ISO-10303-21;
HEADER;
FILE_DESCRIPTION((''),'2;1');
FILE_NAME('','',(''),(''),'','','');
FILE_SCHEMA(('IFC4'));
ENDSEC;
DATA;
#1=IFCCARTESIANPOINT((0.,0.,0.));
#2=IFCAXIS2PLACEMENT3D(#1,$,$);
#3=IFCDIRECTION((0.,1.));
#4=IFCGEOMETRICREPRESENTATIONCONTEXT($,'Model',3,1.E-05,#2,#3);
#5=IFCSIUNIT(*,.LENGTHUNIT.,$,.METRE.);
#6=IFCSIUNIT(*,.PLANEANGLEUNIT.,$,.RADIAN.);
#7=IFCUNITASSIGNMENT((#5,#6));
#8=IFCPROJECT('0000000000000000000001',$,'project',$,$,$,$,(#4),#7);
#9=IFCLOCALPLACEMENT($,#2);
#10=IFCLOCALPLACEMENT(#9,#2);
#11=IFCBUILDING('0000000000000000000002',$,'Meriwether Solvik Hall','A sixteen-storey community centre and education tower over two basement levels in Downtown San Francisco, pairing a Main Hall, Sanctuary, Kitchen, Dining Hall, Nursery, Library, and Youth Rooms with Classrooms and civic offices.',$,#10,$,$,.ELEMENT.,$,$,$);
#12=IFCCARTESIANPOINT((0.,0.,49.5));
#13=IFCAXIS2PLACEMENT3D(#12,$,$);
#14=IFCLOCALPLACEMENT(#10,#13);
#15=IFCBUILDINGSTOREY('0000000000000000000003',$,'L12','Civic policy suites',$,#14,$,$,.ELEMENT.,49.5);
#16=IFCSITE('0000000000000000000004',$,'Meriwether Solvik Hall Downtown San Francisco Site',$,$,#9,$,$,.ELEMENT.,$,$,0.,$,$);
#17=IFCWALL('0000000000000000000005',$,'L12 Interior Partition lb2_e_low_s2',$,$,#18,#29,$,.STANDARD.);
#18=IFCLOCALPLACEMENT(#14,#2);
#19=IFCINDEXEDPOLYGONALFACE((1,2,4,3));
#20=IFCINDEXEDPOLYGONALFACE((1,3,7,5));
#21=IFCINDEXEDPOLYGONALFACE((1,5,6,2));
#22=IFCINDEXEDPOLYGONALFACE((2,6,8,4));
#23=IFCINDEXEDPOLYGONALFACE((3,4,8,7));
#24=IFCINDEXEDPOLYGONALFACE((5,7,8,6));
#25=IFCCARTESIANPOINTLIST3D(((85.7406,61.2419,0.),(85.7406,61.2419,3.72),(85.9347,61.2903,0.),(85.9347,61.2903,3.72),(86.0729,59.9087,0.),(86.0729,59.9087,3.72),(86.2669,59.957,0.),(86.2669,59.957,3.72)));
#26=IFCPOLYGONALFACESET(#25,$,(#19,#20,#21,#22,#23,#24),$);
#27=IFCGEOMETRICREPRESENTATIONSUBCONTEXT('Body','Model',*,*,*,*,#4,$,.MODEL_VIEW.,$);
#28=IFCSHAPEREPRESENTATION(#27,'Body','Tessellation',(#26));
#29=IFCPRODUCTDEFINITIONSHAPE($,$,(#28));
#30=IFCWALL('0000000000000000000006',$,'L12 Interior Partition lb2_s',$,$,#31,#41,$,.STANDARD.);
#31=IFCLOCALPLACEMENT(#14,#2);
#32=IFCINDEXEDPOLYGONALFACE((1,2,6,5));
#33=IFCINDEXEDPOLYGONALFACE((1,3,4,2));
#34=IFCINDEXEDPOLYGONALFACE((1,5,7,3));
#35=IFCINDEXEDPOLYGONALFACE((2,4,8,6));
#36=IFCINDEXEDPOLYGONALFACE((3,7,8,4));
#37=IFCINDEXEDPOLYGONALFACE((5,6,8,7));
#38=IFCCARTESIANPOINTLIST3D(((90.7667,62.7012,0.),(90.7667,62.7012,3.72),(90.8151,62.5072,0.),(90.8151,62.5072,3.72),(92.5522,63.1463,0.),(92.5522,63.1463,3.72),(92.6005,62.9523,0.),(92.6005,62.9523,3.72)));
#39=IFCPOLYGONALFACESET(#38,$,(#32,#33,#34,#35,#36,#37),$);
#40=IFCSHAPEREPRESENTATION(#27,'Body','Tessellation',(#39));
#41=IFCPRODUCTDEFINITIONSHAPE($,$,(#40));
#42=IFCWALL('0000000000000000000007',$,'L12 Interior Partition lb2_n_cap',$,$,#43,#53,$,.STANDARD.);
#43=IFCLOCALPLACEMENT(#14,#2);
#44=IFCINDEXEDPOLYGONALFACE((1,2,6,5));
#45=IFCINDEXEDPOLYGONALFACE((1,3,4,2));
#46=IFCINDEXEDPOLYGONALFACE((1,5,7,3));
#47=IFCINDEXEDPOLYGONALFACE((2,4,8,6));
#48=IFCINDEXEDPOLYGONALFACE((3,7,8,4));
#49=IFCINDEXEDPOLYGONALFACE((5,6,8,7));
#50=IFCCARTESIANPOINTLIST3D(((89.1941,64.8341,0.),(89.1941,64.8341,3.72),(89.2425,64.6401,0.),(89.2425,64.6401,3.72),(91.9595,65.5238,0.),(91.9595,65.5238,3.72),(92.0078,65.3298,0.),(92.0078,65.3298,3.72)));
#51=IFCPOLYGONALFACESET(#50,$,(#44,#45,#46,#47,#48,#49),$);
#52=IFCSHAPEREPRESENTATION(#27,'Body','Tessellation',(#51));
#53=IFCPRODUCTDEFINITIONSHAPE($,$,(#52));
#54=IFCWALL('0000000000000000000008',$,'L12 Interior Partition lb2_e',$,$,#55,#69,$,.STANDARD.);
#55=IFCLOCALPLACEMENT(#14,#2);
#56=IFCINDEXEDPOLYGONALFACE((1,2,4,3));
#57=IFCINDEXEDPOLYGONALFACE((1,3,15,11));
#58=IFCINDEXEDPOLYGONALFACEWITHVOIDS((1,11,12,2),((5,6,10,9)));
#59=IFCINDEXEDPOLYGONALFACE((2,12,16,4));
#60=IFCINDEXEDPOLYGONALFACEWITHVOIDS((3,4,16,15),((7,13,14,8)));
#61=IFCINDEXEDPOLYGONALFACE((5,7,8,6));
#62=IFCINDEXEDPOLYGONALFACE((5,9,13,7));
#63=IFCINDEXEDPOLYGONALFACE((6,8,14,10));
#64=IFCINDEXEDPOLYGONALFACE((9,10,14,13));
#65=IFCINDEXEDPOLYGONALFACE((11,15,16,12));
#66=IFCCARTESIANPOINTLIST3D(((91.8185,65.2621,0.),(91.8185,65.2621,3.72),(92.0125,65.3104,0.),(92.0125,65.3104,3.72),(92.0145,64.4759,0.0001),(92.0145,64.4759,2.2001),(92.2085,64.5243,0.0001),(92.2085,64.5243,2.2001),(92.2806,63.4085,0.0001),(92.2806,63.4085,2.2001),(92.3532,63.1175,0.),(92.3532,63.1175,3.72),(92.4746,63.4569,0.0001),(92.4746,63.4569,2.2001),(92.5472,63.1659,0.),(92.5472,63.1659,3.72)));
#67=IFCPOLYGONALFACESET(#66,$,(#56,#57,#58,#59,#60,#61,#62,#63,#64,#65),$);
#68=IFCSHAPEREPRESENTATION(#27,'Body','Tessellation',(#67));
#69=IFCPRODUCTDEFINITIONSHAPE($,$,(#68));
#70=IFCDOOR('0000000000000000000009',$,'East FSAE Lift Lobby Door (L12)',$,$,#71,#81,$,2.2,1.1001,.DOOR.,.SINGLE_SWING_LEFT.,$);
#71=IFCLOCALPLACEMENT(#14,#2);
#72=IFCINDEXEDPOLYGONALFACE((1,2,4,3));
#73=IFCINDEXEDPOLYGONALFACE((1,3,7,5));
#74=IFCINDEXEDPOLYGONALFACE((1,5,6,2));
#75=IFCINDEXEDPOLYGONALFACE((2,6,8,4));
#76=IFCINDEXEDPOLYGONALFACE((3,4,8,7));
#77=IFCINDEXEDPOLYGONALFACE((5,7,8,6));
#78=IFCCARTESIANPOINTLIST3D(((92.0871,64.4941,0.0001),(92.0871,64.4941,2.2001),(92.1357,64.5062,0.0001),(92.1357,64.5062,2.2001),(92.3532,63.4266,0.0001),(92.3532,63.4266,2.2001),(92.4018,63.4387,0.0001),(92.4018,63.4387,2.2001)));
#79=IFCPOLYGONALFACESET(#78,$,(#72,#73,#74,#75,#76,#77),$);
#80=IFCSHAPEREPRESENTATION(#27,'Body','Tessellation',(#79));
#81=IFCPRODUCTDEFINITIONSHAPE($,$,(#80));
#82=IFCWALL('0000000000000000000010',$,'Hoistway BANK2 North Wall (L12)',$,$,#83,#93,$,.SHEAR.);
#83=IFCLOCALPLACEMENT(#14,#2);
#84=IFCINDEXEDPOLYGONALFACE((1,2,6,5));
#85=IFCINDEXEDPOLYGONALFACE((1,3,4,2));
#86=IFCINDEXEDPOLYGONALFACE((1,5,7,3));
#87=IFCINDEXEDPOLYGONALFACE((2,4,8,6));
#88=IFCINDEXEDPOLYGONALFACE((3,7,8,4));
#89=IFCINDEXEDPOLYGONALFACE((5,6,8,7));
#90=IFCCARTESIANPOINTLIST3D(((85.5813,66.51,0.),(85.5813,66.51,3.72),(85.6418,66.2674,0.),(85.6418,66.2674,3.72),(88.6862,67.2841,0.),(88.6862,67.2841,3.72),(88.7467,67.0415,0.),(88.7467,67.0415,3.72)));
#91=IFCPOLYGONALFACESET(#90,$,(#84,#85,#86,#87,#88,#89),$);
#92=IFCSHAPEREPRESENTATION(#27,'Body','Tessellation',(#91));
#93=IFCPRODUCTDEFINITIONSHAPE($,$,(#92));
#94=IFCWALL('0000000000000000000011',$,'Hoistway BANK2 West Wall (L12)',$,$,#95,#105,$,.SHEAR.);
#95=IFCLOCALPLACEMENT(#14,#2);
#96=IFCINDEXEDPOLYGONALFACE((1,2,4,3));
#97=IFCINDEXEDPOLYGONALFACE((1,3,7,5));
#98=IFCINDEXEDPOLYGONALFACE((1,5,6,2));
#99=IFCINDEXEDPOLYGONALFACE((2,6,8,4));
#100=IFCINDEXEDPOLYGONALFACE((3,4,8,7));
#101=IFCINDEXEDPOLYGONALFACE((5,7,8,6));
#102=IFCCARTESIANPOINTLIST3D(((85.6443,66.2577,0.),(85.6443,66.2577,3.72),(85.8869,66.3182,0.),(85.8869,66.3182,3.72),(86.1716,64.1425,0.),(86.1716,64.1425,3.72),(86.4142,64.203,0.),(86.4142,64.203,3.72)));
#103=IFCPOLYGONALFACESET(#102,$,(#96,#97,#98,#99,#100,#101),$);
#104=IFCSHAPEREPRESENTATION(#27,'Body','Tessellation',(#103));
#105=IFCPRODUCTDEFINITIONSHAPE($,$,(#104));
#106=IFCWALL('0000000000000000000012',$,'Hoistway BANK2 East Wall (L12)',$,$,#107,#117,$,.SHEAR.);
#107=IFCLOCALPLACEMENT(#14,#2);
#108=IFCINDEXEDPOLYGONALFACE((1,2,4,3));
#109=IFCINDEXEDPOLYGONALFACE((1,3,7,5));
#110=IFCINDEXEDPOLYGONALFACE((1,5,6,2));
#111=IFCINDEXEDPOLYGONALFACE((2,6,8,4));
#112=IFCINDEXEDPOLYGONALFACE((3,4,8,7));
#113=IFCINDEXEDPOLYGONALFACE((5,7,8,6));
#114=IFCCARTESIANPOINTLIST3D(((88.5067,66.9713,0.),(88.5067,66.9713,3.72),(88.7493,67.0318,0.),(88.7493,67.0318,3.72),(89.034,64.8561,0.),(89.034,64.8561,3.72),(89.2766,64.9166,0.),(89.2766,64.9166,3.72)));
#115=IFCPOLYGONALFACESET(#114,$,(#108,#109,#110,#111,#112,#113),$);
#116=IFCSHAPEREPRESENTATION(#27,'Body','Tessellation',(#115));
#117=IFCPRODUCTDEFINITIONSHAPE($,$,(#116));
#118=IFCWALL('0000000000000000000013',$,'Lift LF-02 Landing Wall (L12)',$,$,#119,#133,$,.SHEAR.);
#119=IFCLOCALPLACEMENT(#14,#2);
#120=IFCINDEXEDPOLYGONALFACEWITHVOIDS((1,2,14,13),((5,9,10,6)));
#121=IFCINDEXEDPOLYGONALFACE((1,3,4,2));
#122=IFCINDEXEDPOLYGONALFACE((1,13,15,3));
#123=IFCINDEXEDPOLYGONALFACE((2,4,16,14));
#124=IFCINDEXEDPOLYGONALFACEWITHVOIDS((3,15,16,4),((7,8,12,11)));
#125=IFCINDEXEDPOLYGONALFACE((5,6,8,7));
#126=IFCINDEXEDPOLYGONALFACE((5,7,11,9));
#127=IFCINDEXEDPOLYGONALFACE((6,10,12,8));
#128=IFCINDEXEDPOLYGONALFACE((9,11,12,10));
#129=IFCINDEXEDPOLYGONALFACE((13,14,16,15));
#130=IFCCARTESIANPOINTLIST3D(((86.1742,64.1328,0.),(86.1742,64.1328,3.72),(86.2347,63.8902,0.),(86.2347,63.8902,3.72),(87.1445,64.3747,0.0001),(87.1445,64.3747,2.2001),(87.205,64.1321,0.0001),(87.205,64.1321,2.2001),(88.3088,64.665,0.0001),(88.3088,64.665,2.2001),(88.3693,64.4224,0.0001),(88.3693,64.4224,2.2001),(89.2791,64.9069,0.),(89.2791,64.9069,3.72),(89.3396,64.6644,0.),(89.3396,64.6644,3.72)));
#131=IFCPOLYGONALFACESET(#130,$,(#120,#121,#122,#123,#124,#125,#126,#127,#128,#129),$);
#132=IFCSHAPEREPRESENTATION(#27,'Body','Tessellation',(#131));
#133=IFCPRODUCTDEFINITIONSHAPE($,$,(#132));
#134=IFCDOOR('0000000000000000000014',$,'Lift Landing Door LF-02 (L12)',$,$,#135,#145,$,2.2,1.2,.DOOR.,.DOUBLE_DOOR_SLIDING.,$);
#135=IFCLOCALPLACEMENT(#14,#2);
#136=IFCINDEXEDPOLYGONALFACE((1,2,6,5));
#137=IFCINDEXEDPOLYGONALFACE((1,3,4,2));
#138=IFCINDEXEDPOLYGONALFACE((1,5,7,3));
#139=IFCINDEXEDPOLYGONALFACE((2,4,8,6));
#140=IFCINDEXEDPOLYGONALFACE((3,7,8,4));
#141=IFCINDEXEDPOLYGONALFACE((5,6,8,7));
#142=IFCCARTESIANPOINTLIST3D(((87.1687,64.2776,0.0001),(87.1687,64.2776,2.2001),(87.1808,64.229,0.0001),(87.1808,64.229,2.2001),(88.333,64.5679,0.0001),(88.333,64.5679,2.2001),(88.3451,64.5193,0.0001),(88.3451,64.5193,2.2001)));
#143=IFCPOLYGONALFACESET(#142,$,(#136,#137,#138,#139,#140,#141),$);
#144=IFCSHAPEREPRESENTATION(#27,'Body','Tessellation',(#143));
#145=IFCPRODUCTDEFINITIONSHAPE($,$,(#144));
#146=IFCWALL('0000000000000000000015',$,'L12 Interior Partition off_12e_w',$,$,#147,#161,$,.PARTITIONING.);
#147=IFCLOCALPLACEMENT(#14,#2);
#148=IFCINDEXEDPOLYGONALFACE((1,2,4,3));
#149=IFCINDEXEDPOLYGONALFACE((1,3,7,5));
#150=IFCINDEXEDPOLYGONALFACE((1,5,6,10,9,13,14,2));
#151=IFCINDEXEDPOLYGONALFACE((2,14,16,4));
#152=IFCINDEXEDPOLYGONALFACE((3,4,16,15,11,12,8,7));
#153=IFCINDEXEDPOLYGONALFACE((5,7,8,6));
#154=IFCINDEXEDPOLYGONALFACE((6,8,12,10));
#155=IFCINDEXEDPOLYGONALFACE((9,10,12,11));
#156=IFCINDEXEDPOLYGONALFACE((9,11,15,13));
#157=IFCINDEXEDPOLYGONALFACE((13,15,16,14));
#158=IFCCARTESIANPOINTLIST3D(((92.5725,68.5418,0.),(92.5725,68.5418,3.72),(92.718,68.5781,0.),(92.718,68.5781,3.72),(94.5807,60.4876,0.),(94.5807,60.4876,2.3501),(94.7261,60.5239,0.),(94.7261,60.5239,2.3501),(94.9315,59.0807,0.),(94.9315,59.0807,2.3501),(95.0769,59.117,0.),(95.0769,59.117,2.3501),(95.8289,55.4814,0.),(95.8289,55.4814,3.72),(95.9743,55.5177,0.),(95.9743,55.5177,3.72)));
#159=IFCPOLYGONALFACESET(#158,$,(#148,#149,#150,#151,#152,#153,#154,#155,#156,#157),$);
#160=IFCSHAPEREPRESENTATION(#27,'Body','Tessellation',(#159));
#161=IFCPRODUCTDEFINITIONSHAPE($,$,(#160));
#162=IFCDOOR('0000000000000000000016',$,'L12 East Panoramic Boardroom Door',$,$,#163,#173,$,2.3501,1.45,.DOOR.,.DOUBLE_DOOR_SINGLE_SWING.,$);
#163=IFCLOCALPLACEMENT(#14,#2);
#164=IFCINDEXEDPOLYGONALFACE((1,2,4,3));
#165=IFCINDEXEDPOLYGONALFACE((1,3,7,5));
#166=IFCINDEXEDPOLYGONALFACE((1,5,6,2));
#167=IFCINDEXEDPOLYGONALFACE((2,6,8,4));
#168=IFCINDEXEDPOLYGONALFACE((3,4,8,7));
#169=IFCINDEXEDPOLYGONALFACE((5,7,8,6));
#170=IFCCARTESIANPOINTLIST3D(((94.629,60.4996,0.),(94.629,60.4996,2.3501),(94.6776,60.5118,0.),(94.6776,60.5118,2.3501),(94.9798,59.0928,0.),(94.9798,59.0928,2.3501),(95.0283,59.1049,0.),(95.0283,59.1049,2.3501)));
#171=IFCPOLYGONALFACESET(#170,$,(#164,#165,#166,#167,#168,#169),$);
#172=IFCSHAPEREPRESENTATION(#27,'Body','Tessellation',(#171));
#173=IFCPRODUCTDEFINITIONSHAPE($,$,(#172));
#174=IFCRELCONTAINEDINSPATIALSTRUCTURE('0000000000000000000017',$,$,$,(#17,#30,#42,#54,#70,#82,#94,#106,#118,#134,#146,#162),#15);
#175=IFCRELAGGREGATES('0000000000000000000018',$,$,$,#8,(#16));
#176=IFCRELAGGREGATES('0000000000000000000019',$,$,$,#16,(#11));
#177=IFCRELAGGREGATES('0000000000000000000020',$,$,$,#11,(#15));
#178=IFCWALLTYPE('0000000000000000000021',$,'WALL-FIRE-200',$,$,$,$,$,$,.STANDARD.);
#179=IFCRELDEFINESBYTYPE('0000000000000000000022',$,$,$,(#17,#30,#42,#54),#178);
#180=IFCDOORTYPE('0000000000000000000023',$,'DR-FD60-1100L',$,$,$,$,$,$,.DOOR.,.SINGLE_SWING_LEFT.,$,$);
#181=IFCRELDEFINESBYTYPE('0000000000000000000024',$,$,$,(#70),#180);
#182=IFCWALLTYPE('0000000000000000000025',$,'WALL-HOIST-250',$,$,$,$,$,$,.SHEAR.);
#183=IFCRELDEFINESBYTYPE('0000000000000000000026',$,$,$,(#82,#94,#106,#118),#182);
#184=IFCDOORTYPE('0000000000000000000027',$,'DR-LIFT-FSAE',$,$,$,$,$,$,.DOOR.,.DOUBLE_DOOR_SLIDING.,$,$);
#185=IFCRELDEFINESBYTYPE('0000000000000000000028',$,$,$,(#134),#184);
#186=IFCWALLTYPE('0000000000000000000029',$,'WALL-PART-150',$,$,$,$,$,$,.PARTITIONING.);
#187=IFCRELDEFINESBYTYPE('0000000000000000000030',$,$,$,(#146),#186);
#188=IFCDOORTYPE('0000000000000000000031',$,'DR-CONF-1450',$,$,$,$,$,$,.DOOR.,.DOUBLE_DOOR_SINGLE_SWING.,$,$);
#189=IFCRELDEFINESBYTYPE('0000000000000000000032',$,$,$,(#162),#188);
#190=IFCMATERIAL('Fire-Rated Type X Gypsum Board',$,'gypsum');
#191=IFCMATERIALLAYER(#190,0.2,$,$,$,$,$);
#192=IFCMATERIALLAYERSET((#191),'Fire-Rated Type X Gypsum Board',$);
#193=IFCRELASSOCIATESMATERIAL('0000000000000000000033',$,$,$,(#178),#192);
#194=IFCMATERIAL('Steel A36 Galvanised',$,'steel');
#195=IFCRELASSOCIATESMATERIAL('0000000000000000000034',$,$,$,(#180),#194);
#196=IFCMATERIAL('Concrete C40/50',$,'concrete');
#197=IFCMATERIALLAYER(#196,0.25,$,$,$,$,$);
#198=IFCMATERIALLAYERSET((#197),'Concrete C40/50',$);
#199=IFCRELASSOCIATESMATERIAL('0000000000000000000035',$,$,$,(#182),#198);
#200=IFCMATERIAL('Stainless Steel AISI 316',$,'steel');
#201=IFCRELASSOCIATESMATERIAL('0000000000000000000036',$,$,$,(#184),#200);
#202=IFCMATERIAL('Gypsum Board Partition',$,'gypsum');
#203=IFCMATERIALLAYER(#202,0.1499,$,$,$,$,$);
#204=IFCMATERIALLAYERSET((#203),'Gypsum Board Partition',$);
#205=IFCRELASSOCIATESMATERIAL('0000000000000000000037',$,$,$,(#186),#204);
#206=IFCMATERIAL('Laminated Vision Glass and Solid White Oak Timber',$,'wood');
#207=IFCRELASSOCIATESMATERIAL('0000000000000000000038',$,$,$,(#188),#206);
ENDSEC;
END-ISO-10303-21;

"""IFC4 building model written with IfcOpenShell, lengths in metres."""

from ifc_helpers import new_model, si_unit, direction, frame, frame_2d, origin, place, context, subcontext, project, spatial, rectangle, extrude, material, layer, layer_set, type_object, element, fill, save


model = new_model("IFC4")

# Units and contexts
model_context = context("Model", 3, precision=1e-05, world=origin(), true_north=direction((0.0, 1.0)))
body_context = subcontext(model_context, "Body", "Model", "MODEL_VIEW")
ifc_project = project(units=[si_unit("LENGTHUNIT", "METRE"), si_unit("PLANEANGLEUNIT", "RADIAN")], contexts=[model_context])

# Site, building, storey
site_placement = place(None, origin())
site = spatial("IfcSite", under=ifc_project, at=site_placement, Name="Meriwether Solvik Hall Downtown San Francisco Site", CompositionType="ELEMENT", RefElevation=0.0)
building_placement = place(site_placement, origin())
building = spatial("IfcBuilding", under=site, at=building_placement, Name="Meriwether Solvik Hall", Description="A sixteen-storey community centre and education tower over two basement levels in Downtown San Francisco, pairing a Main Hall, Sanctuary, Kitchen, Dining Hall, Nursery, Library, and Youth Rooms with Classrooms and civic offices.", CompositionType="ELEMENT")
storey_placement = place(building_placement, frame((0.0, 0.0, 49.5)))
storey = spatial("IfcBuildingStorey", under=building, at=storey_placement, Name="L12", Description="Civic policy suites", CompositionType="ELEMENT", Elevation=49.5)

# Walls
ifc_material_1 = material(Name="Fire-Rated Type X Gypsum Board", Category="gypsum")
ifc_layer_1 = layer(ifc_material_1, 0.2)
ifc_layer_set_1 = layer_set([ifc_layer_1], Name="Fire-Rated Type X Gypsum Board")
wall_type_1 = type_object("IfcWallType", Name="WALL-FIRE-200", PredefinedType="STANDARD", material=ifc_layer_set_1)
wall_1_placement = place(storey_placement, frame((86.1699, 59.9329, 0.0), z_axis=(0.0, 0.0, 1.0), x_axis=(-0.241825, 0.97032, 0.0)))
element("IfcWall", 1, at=wall_1_placement, inside=storey, type_object=wall_type_1, Name="L12 Interior Partition lb2_e_low_s2", PredefinedType="STANDARD", context=body_context, shape_type="SweptSolid", body=[
    extrude(rectangle(XDim=1.374, YDim=0.2, at=frame_2d((0.687, 0.0))), origin(), (0.0, 0.0, 1.0), 3.72),
])
wall_2_placement = place(storey_placement, frame((90.791, 62.6042, 0.0), z_axis=(0.0, 0.0, 1.0), x_axis=(0.970306, 0.24188, 0.0)))
element("IfcWall", 2, at=wall_2_placement, inside=storey, type_object=wall_type_1, Name="L12 Interior Partition lb2_s", PredefinedType="STANDARD", context=body_context, shape_type="SweptSolid", body=[
    extrude(rectangle(XDim=1.8401, YDim=0.2, at=frame_2d((0.9199, 0.0))), origin(), (0.0, 0.0, 1.0), 3.72),
])
wall_3_placement = place(storey_placement, frame((89.2183, 64.7371, 0.0), z_axis=(0.0, 0.0, 1.0), x_axis=(0.970278, 0.241991, 0.0)))
element("IfcWall", 3, at=wall_3_placement, inside=storey, type_object=wall_type_1, Name="L12 Interior Partition lb2_n_cap", PredefinedType="STANDARD", context=body_context, shape_type="SweptSolid", body=[
    extrude(rectangle(XDim=2.8501, YDim=0.2, at=frame_2d((1.425, 0.0))), origin(), (0.0, 0.0, 1.0), 3.72),
])

# Wall, opening, door
wall_4_placement = place(storey_placement, frame((91.9155, 65.2861, 0.0), z_axis=(0.0, 0.0, 1.0), x_axis=(0.241912, -0.970298, 0.0)))
wall_4 = element("IfcWall", 4, at=wall_4_placement, inside=storey, type_object=wall_type_1, Name="L12 Interior Partition lb2_e", PredefinedType="STANDARD", context=body_context, shape_type="SweptSolid", body=[
    extrude(rectangle(XDim=2.2102, YDim=0.2, at=frame_2d((1.105, 0.0))), origin(), (0.0, 0.0, 1.0), 3.72),
])
opening_1_placement = place(wall_4_placement, frame((0.8101, 0.0, 0.0)))
opening_1 = element("IfcOpeningElement", 5, at=opening_1_placement, cuts=wall_4, PredefinedType="OPENING", context=body_context, shape_type="SweptSolid", body=[
    extrude(rectangle(XDim=1.1001, YDim=2.2, at=frame_2d((0.55, 1.1001))), frame((0.0, 0.1118, 0.0), z_axis=(0.0, -1.0, 0.0), x_axis=(1.0, 0.0, 0.0)), (0.0, 0.0, 1.0), 0.2239),
])
ifc_material_2 = material(Name="Steel A36 Galvanised", Category="steel")
door_type_1 = type_object("IfcDoorType", Name="DR-FD60-1100L", OperationType="SINGLE_SWING_LEFT", PredefinedType="DOOR", material=ifc_material_2)
door_1_placement = place(opening_1_placement, origin())
door_1 = element("IfcDoor", 6, at=door_1_placement, inside=storey, type_object=door_type_1, Name="East FSAE Lift Lobby Door (L12)", OperationType="SINGLE_SWING_LEFT", OverallHeight=2.2, OverallWidth=1.1001, PredefinedType="DOOR", context=body_context, shape_type="SweptSolid", body=[
    extrude(rectangle(XDim=1.1001, YDim=2.2, at=frame_2d((0.55, 1.1001))), frame((0.0, 0.0249, 0.0), z_axis=(0.0, -1.0, 0.0), x_axis=(1.0, 0.0, 0.0)), (0.0, 0.0, 1.0), 0.05),
])
fill(opening_1, door_1)

# Walls
ifc_material_3 = material(Name="Concrete C40/50", Category="concrete")
ifc_layer_2 = layer(ifc_material_3, 0.25)
ifc_layer_set_2 = layer_set([ifc_layer_2], Name="Concrete C40/50")
wall_type_2 = type_object("IfcWallType", Name="WALL-HOIST-250", PredefinedType="SHEAR", material=ifc_layer_set_2)
wall_5_placement = place(storey_placement, frame((88.7166, 67.1628, 0.0), z_axis=(0.0, 0.0, 1.0), x_axis=(-0.970295, -0.241925, 0.0)))
element("IfcWall", 7, at=wall_5_placement, inside=storey, type_object=wall_type_2, Name="Hoistway BANK2 North Wall (L12)", PredefinedType="SHEAR", context=body_context, shape_type="SweptSolid", body=[
    extrude(rectangle(XDim=3.2, YDim=0.25, at=frame_2d((1.6001, 0.0))), origin(), (0.0, 0.0, 1.0), 3.72),
])
for number, where, z_axis, x_axis, name in (
    (8, (85.7656, 66.2878, 0.0), (0.0, 0.0, 1.0), (0.241903, -0.9703, 0.0), "Hoistway BANK2 West Wall (L12)"),
    (9, (89.1553, 64.8865, 0.0), (0.0, 0.0, 1.0), (-0.241903, 0.9703, 0.0), "Hoistway BANK2 East Wall (L12)"),
):
    element("IfcWall", number, at=place(storey_placement, frame(where, z_axis=z_axis, x_axis=x_axis)), inside=storey, type_object=wall_type_2, Name=name, PredefinedType="SHEAR", context=body_context, shape_type="SweptSolid", body=[
        extrude(rectangle(XDim=2.1799, YDim=0.25, at=frame_2d((1.0898, 0.0))), origin(), (0.0, 0.0, 1.0), 3.72),
    ])

# Walls, openings, doors
wall_6_placement = place(storey_placement, frame((86.2043, 64.0115, 0.0), z_axis=(0.0, 0.0, 1.0), x_axis=(0.970295, 0.241925, 0.0)))
wall_6 = element("IfcWall", 10, at=wall_6_placement, inside=storey, type_object=wall_type_2, Name="Lift LF-02 Landing Wall (L12)", PredefinedType="SHEAR", context=body_context, shape_type="SweptSolid", body=[
    extrude(rectangle(XDim=3.2, YDim=0.25, at=frame_2d((1.6001, 0.0))), origin(), (0.0, 0.0, 1.0), 3.72),
])
opening_2_placement = place(wall_6_placement, frame((1.0, 0.0, 0.0)))
opening_2 = element("IfcOpeningElement", 11, at=opening_2_placement, cuts=wall_6, PredefinedType="OPENING", context=body_context, shape_type="SweptSolid", body=[
    extrude(rectangle(XDim=1.2, YDim=2.2, at=frame_2d((0.6001, 1.1001))), frame((0.0, 0.137, 0.0), z_axis=(0.0, -1.0, 0.0), x_axis=(1.0, 0.0, 0.0)), (0.0, 0.0, 1.0), 0.2739),
])
ifc_material_4 = material(Name="Stainless Steel AISI 316", Category="steel")
door_type_2 = type_object("IfcDoorType", Name="DR-LIFT-FSAE", OperationType="DOUBLE_DOOR_SLIDING", PredefinedType="DOOR", material=ifc_material_4)
door_2_placement = place(opening_2_placement, origin())
door_2 = element("IfcDoor", 12, at=door_2_placement, inside=storey, type_object=door_type_2, Name="Lift Landing Door LF-02 (L12)", OperationType="DOUBLE_DOOR_SLIDING", OverallHeight=2.2, OverallWidth=1.2, PredefinedType="DOOR", context=body_context, shape_type="SweptSolid", body=[
    extrude(rectangle(XDim=1.2, YDim=2.2, at=frame_2d((0.6001, 1.1001))), frame((0.0, 0.0249, 0.0), z_axis=(0.0, -1.0, 0.0), x_axis=(1.0, 0.0, 0.0)), (0.0, 0.0, 1.0), 0.05),
])
fill(opening_2, door_2)
ifc_material_5 = material(Name="Gypsum Board Partition", Category="gypsum")
ifc_layer_3 = layer(ifc_material_5, 0.1499)
ifc_layer_set_3 = layer_set([ifc_layer_3], Name="Gypsum Board Partition")
wall_type_3 = type_object("IfcWallType", Name="WALL-PART-150", PredefinedType="PARTITIONING", material=ifc_layer_set_3)
wall_7_placement = place(storey_placement, frame((92.6453, 68.5598, 0.0), z_axis=(0.0, 0.0, 1.0), x_axis=(0.241925, -0.970295, 0.0)))
wall_7 = element("IfcWall", 13, at=wall_7_placement, inside=storey, type_object=wall_type_3, Name="L12 Interior Partition off_12e_w", PredefinedType="PARTITIONING", context=body_context, shape_type="SweptSolid", body=[
    extrude(rectangle(XDim=13.4602, YDim=0.1499, at=frame_2d((6.73, 0.0))), origin(), (0.0, 0.0, 1.0), 3.72),
])
opening_3_placement = place(wall_7_placement, frame((8.3005, 0.0, 0.0)))
opening_3 = element("IfcOpeningElement", 14, at=opening_3_placement, cuts=wall_7, PredefinedType="OPENING", context=body_context, shape_type="SweptSolid", body=[
    extrude(rectangle(XDim=1.45, YDim=2.3501, at=frame_2d((0.7251, 1.175))), frame((0.0, 0.0869, 0.0), z_axis=(0.0, -1.0, 0.0), x_axis=(1.0, 0.0, 0.0)), (0.0, 0.0, 1.0), 0.1738),
])
ifc_material_6 = material(Name="Laminated Vision Glass and Solid White Oak Timber", Category="wood")
door_type_3 = type_object("IfcDoorType", Name="DR-CONF-1450", OperationType="DOUBLE_DOOR_SINGLE_SWING", PredefinedType="DOOR", material=ifc_material_6)
door_3_placement = place(opening_3_placement, origin())
door_3 = element("IfcDoor", 15, at=door_3_placement, inside=storey, type_object=door_type_3, Name="L12 East Panoramic Boardroom Door", OperationType="DOUBLE_DOOR_SINGLE_SWING", OverallHeight=2.3501, OverallWidth=1.45, PredefinedType="DOOR", context=body_context, shape_type="SweptSolid", body=[
    extrude(rectangle(XDim=1.45, YDim=2.3501, at=frame_2d((0.7251, 1.175))), frame((0.0, 0.0249, 0.0), z_axis=(0.0, -1.0, 0.0), x_axis=(1.0, 0.0, 0.0)), (0.0, 0.0, 1.0), 0.05),
])
fill(opening_3, door_3)

save(model, "model.ifc")
